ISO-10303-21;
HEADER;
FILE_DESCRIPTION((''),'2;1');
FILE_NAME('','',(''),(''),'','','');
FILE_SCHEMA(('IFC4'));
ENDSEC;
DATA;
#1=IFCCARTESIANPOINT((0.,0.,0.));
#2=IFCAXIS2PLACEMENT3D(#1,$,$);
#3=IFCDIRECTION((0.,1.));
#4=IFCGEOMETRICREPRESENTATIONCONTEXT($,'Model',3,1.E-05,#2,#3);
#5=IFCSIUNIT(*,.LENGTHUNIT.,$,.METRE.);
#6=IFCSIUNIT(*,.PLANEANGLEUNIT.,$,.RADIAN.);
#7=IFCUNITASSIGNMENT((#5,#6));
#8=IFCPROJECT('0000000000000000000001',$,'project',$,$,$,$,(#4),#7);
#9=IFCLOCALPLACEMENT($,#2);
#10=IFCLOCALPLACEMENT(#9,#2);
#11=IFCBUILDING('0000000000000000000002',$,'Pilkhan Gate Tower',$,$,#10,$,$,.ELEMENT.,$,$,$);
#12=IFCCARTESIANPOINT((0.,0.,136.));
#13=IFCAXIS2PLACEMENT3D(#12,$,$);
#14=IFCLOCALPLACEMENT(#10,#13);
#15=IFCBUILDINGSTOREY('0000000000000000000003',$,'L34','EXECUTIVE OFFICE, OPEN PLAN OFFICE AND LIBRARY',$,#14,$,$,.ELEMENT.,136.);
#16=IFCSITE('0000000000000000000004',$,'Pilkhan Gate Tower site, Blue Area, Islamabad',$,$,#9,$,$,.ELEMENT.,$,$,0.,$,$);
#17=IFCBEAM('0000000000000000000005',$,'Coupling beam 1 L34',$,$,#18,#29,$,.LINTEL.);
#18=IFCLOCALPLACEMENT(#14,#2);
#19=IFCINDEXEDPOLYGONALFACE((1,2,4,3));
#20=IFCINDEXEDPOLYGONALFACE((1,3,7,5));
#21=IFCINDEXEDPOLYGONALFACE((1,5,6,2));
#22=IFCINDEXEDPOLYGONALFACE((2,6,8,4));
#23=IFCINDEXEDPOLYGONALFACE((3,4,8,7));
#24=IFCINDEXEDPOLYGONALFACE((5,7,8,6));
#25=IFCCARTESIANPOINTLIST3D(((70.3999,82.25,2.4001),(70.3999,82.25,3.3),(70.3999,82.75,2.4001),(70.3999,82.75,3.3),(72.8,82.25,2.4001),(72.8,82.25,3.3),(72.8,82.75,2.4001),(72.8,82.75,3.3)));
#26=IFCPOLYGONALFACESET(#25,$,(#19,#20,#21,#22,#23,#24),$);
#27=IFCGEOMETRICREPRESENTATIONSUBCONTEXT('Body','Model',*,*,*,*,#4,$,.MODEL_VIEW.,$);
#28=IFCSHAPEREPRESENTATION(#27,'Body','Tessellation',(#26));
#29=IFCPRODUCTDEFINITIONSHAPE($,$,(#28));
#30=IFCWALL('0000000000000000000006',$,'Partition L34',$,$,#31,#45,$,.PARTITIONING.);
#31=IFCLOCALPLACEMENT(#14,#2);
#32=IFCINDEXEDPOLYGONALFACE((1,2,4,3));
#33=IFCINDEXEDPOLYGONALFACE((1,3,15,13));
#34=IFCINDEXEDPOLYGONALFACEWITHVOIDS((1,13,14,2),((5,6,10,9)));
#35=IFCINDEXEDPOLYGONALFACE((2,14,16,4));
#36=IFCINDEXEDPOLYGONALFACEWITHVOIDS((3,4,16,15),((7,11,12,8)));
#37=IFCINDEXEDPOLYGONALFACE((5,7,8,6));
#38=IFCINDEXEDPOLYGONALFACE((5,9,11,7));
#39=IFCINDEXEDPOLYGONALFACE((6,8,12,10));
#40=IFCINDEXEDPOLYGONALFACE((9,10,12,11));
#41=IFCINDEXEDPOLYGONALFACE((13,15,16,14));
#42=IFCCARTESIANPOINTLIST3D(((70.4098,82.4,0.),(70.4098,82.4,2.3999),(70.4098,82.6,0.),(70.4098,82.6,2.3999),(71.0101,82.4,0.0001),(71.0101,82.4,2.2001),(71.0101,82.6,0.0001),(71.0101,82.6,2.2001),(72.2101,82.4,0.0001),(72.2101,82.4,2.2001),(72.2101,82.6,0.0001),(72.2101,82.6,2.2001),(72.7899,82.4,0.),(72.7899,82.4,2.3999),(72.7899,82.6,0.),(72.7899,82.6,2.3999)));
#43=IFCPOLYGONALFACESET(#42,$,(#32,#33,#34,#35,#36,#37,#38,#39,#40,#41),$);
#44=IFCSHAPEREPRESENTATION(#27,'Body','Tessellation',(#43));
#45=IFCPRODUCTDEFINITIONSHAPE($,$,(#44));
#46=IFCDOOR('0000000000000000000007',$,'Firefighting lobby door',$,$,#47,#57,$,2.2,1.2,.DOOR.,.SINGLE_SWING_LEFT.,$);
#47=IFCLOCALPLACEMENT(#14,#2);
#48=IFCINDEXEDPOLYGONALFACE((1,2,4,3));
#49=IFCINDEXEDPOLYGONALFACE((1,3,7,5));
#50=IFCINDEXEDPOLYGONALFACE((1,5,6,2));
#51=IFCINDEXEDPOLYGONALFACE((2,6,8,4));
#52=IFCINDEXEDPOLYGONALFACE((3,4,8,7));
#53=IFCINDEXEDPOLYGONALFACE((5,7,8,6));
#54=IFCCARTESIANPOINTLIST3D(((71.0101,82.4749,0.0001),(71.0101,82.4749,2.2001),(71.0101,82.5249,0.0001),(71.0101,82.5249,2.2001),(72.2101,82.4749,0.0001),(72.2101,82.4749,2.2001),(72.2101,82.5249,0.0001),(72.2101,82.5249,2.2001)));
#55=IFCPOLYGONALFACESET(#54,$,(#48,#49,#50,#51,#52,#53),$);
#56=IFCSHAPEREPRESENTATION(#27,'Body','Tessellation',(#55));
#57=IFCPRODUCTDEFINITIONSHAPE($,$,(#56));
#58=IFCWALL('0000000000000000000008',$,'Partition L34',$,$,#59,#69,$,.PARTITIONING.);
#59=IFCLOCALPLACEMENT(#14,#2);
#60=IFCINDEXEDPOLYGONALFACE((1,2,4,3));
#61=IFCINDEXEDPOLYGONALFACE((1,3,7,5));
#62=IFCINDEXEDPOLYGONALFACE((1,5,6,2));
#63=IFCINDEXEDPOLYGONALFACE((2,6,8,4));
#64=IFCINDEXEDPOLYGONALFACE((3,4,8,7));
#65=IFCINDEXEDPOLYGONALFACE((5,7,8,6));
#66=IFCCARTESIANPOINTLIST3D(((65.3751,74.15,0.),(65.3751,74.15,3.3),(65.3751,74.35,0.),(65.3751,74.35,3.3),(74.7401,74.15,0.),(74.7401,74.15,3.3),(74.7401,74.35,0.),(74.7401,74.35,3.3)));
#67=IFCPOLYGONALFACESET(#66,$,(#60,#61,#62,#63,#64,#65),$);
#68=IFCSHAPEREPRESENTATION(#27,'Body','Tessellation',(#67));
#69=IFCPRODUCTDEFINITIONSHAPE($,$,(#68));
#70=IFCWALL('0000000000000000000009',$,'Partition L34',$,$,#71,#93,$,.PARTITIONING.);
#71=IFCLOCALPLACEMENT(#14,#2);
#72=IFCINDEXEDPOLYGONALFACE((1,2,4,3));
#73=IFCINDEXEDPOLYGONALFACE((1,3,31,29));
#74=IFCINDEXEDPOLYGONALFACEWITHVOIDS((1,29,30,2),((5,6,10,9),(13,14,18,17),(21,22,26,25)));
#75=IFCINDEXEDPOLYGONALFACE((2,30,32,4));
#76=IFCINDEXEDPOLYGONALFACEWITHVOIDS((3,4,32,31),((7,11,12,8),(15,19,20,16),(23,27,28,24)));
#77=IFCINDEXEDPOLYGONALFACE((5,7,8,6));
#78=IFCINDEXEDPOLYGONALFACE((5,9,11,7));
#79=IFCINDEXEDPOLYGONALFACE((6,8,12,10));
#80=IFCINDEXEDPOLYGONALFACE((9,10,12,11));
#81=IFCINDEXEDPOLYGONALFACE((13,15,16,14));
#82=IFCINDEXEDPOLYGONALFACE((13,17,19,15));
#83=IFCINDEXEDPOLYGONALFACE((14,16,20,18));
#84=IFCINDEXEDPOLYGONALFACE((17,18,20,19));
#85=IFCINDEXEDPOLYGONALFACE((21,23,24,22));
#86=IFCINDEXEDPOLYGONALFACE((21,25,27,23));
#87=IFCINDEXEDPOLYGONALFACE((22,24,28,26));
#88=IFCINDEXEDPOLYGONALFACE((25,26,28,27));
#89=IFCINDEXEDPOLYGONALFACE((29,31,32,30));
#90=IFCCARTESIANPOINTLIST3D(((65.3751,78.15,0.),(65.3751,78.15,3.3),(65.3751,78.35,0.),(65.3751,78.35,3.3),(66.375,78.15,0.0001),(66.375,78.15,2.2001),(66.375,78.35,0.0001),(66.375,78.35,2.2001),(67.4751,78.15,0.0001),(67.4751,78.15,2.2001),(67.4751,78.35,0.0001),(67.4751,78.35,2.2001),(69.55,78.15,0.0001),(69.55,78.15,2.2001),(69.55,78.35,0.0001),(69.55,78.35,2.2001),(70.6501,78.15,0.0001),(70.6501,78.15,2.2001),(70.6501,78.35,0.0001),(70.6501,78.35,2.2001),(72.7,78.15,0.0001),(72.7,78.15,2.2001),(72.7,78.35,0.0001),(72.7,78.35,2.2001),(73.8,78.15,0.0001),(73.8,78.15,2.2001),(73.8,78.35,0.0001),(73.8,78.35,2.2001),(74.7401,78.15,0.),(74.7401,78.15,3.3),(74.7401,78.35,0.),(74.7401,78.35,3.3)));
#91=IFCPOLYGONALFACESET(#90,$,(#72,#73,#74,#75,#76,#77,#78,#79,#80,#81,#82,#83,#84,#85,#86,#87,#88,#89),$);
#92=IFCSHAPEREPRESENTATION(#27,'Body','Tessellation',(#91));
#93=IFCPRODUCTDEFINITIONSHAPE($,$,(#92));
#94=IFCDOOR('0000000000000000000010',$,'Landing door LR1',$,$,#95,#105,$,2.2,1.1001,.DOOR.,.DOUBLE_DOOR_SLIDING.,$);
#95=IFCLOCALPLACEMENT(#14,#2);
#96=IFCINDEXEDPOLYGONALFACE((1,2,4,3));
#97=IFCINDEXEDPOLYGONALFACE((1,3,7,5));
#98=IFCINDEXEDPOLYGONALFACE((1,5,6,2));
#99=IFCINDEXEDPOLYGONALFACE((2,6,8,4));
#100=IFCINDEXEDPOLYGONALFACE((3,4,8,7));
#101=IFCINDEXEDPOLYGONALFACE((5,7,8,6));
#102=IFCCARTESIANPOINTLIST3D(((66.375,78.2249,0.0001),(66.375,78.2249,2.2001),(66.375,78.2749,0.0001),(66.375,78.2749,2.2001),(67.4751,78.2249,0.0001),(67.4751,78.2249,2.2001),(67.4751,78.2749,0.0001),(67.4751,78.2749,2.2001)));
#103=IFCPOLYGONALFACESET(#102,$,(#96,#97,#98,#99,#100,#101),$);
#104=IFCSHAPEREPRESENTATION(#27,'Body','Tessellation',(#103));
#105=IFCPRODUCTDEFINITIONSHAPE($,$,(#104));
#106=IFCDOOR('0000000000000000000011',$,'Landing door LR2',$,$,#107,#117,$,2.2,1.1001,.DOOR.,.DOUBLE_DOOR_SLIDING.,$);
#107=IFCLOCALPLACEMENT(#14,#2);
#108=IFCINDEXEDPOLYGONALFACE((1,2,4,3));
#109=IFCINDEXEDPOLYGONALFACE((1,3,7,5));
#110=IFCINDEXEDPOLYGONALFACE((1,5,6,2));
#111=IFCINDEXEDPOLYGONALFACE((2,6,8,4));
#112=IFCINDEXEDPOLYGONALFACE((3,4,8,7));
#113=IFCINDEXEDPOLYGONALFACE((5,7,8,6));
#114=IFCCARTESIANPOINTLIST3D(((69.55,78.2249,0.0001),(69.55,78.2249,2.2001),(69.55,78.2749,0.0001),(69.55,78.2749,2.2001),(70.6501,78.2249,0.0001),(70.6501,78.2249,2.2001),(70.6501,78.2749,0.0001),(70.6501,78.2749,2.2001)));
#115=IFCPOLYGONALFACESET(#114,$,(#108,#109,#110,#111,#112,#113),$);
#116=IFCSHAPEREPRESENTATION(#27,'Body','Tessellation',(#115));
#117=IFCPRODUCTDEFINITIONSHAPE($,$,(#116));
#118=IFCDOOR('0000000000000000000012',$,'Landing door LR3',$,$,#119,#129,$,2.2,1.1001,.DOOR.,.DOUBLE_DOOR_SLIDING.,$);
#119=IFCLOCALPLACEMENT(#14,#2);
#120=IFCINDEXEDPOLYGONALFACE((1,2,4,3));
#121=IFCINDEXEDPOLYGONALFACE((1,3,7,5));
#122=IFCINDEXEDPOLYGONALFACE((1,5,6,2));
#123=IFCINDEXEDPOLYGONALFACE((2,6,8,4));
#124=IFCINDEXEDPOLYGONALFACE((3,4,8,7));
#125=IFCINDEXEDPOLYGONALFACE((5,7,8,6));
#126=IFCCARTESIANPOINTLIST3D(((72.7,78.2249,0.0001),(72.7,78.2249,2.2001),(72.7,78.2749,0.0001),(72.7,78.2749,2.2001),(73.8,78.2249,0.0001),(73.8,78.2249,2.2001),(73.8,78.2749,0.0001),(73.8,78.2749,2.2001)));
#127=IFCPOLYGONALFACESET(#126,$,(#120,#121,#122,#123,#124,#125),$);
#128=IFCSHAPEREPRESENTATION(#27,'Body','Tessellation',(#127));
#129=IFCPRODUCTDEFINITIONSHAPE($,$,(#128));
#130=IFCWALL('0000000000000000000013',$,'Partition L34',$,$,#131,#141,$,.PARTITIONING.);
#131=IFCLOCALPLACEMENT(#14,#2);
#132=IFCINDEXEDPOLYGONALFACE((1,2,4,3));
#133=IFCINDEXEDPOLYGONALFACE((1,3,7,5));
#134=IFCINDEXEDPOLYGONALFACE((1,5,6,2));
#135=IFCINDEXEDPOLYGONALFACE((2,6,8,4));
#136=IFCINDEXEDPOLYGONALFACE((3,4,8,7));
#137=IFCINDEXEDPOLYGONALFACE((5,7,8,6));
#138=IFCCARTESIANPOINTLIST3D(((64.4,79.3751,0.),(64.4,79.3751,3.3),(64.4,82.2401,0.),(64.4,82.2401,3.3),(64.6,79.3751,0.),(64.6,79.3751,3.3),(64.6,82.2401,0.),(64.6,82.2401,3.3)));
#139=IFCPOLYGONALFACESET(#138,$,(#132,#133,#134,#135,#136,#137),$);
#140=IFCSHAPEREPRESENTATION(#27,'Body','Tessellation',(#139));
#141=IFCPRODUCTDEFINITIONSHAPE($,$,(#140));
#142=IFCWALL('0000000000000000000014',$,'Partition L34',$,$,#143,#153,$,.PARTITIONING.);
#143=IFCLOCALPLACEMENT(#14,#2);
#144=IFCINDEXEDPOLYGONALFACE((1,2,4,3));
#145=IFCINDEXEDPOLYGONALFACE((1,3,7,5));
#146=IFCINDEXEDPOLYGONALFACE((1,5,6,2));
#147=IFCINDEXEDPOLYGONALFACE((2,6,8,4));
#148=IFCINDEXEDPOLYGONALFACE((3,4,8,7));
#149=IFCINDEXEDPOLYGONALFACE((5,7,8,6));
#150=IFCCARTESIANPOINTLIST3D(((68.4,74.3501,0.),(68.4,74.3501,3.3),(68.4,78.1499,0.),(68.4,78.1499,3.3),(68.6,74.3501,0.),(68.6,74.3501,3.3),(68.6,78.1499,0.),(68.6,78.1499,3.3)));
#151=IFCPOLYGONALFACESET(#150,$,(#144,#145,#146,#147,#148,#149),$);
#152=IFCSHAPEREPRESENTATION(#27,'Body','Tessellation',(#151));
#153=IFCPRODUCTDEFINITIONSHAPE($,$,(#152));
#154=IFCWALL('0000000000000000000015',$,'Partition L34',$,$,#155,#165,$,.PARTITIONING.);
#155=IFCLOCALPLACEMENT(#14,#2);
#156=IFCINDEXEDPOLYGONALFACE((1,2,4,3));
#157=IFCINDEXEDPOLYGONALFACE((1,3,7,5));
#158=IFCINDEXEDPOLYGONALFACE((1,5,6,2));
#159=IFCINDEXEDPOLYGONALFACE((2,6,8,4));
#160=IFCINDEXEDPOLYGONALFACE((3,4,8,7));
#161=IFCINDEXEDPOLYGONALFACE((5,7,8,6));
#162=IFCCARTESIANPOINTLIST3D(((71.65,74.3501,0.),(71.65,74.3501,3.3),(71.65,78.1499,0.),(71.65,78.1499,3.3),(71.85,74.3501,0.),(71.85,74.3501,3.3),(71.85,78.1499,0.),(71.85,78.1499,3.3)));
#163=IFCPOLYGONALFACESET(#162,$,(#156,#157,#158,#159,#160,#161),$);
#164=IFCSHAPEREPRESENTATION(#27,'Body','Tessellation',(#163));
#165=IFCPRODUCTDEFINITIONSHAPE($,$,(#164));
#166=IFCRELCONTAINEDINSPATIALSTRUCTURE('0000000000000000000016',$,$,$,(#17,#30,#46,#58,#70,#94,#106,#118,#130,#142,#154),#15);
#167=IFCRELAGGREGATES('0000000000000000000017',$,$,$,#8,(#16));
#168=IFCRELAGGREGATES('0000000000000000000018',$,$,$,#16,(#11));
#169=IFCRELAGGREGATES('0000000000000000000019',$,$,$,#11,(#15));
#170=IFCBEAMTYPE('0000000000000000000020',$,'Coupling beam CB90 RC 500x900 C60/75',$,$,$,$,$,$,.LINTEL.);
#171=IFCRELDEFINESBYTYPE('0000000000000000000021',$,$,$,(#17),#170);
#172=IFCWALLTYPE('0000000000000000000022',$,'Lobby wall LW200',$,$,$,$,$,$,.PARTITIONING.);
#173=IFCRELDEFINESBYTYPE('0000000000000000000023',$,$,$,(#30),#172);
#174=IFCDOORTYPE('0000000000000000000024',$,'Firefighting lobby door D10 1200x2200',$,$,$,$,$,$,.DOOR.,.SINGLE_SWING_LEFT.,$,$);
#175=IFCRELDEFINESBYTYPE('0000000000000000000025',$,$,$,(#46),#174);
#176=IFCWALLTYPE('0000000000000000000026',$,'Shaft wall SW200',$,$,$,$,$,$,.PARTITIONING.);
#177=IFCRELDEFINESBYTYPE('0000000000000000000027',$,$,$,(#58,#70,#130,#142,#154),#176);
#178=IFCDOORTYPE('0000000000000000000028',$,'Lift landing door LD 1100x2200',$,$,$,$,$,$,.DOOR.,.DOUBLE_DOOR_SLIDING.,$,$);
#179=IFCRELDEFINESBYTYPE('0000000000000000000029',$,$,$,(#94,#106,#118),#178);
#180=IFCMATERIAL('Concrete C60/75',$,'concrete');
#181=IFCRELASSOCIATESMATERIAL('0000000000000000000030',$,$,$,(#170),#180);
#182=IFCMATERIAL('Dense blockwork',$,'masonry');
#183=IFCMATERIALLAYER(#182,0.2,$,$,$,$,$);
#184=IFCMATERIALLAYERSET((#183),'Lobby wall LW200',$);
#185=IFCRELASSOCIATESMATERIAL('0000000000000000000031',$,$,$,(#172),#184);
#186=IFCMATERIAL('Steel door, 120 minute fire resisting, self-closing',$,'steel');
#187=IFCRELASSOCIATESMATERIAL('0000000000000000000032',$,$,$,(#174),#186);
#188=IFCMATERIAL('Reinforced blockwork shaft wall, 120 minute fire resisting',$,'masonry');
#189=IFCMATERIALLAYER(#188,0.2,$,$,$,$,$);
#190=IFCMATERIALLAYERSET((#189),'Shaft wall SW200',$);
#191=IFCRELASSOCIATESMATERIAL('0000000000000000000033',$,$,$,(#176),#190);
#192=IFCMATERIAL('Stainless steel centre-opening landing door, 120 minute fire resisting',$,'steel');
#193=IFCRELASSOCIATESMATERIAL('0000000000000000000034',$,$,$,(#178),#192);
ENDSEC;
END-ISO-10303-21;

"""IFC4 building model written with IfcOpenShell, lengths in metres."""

from ifc_helpers import new_model, si_unit, direction, frame, frame_2d, origin, origin_2d, place, context, subcontext, project, spatial, rectangle, extrude, material, layer, layer_set, material_profile, profile_set, type_object, element, fill, save


model = new_model("IFC4")

# Units and contexts
model_context = context("Model", 3, precision=1e-05, world=origin(), true_north=direction((0.0, 1.0)))
body_context = subcontext(model_context, "Body", "Model", "MODEL_VIEW")
ifc_project = project(units=[si_unit("LENGTHUNIT", "METRE"), si_unit("PLANEANGLEUNIT", "RADIAN")], contexts=[model_context])

# Site, building, storey
site_placement = place(None, origin())
site = spatial("IfcSite", under=ifc_project, at=site_placement, Name="Pilkhan Gate Tower site, Blue Area, Islamabad", CompositionType="ELEMENT", RefElevation=0.0)
building_placement = place(site_placement, origin())
building = spatial("IfcBuilding", under=site, at=building_placement, Name="Pilkhan Gate Tower", CompositionType="ELEMENT")
storey_placement = place(building_placement, frame((0.0, 0.0, 136.0)))
storey = spatial("IfcBuildingStorey", under=building, at=storey_placement, Name="L34", Description="EXECUTIVE OFFICE, OPEN PLAN OFFICE AND LIBRARY", CompositionType="ELEMENT", Elevation=136.0)

# Beam
ifc_material_1 = material(Name="Concrete C60/75", Category="concrete")
ifc_material_profile = material_profile(ifc_material_1, rectangle(XDim=0.5, YDim=0.8999, at=origin_2d()), Name="RC 500x900")
ifc_profile_set = profile_set([ifc_material_profile], Name="Concrete C60/75")
beam_type = type_object("IfcBeamType", Name="Coupling beam CB90 RC 500x900 C60/75", PredefinedType="LINTEL", material=ifc_profile_set)
beam_placement = place(storey_placement, frame((70.3999, 82.5, 2.8501), z_axis=(1.0, 0.0, 0.0), x_axis=(0.0, 1.0, 0.0)))
element("IfcBeam", 1, at=beam_placement, inside=storey, type_object=beam_type, Name="Coupling beam 1 L34", PredefinedType="LINTEL", context=body_context, shape_type="SweptSolid", body=[
    extrude(rectangle(XDim=0.5, YDim=0.8999, at=origin_2d()), origin(), (0.0, 0.0, 1.0), 2.4001),
])

# Wall, opening, door
ifc_material_2 = material(Name="Dense blockwork", Category="masonry")
ifc_layer_1 = layer(ifc_material_2, 0.2)
ifc_layer_set_1 = layer_set([ifc_layer_1], Name="Lobby wall LW200")
wall_type_1 = type_object("IfcWallType", Name="Lobby wall LW200", PredefinedType="PARTITIONING", material=ifc_layer_set_1)
wall_1_placement = place(storey_placement, frame((70.4099, 82.5, 0.0), z_axis=(0.0, 0.0, 1.0), x_axis=(1.0, 0.0, 0.0)))
wall_1 = element("IfcWall", 2, at=wall_1_placement, inside=storey, type_object=wall_type_1, Name="Partition L34", PredefinedType="PARTITIONING", context=body_context, shape_type="SweptSolid", body=[
    extrude(rectangle(XDim=2.3801, YDim=0.2, at=frame_2d((1.1899, 0.0))), origin(), (0.0, 0.0, 1.0), 2.3999),
])
opening_1_placement = place(wall_1_placement, frame((0.6001, 0.0, 0.0)))
opening_1 = element("IfcOpeningElement", 3, at=opening_1_placement, cuts=wall_1, PredefinedType="OPENING", context=body_context, shape_type="SweptSolid", body=[
    extrude(rectangle(XDim=1.2, YDim=2.2, at=frame_2d((0.6001, 1.1001))), frame((0.0, 0.1099, 0.0), z_axis=(0.0, -1.0, 0.0), x_axis=(1.0, 0.0, 0.0)), (0.0, 0.0, 1.0), 0.22),
])
ifc_material_3 = material(Name="Steel door, 120 minute fire resisting, self-closing", Category="steel")
door_type_1 = type_object("IfcDoorType", Name="Firefighting lobby door D10 1200x2200", OperationType="SINGLE_SWING_LEFT", PredefinedType="DOOR", material=ifc_material_3)
door_1_placement = place(opening_1_placement, origin())
door_1 = element("IfcDoor", 4, at=door_1_placement, inside=storey, type_object=door_type_1, Name="Firefighting lobby door", OperationType="SINGLE_SWING_LEFT", OverallHeight=2.2, OverallWidth=1.2, PredefinedType="DOOR", context=body_context, shape_type="SweptSolid", body=[
    extrude(rectangle(XDim=1.2, YDim=2.2, at=frame_2d((0.6001, 1.1001))), frame((0.0, 0.0249, 0.0), z_axis=(0.0, -1.0, 0.0), x_axis=(1.0, 0.0, 0.0)), (0.0, 0.0, 1.0), 0.05),
])
fill(opening_1, door_1)

# Wall
ifc_material_4 = material(Name="Reinforced blockwork shaft wall, 120 minute fire resisting", Category="masonry")
ifc_layer_2 = layer(ifc_material_4, 0.2)
ifc_layer_set_2 = layer_set([ifc_layer_2], Name="Shaft wall SW200")
wall_type_2 = type_object("IfcWallType", Name="Shaft wall SW200", PredefinedType="PARTITIONING", material=ifc_layer_set_2)
wall_2_placement = place(storey_placement, frame((65.375, 74.25, 0.0), z_axis=(0.0, 0.0, 1.0), x_axis=(1.0, 0.0, 0.0)))
element("IfcWall", 5, at=wall_2_placement, inside=storey, type_object=wall_type_2, Name="Partition L34", PredefinedType="PARTITIONING", context=body_context, shape_type="SweptSolid", body=[
    extrude(rectangle(XDim=9.365, YDim=0.2, at=frame_2d((4.6826, 0.0))), origin(), (0.0, 0.0, 1.0), 3.3),
])

# Wall, openings, doors
wall_3_placement = place(storey_placement, frame((65.375, 78.25, 0.0), z_axis=(0.0, 0.0, 1.0), x_axis=(1.0, 0.0, 0.0)))
wall_3 = element("IfcWall", 6, at=wall_3_placement, inside=storey, type_object=wall_type_2, Name="Partition L34", PredefinedType="PARTITIONING", context=body_context, shape_type="SweptSolid", body=[
    extrude(rectangle(XDim=9.365, YDim=0.2, at=frame_2d((4.6826, 0.0))), origin(), (0.0, 0.0, 1.0), 3.3),
])
opening_2_placement = place(wall_3_placement, frame((1.0, 0.0, 0.0)))
opening_2 = element("IfcOpeningElement", 7, at=opening_2_placement, cuts=wall_3, PredefinedType="OPENING", context=body_context, shape_type="SweptSolid", body=[
    extrude(rectangle(XDim=1.1001, YDim=2.2, at=frame_2d((0.55, 1.1001))), frame((0.0, 0.1099, 0.0), z_axis=(0.0, -1.0, 0.0), x_axis=(1.0, 0.0, 0.0)), (0.0, 0.0, 1.0), 0.22),
])
opening_3_placement = place(wall_3_placement, frame((4.175, 0.0, 0.0)))
opening_3 = element("IfcOpeningElement", 8, at=opening_3_placement, cuts=wall_3, PredefinedType="OPENING", context=body_context, shape_type="SweptSolid", body=[
    extrude(rectangle(XDim=1.1001, YDim=2.2, at=frame_2d((0.55, 1.1001))), frame((0.0, 0.1099, 0.0), z_axis=(0.0, -1.0, 0.0), x_axis=(1.0, 0.0, 0.0)), (0.0, 0.0, 1.0), 0.22),
])
opening_4_placement = place(wall_3_placement, frame((7.325, 0.0, 0.0)))
opening_4 = element("IfcOpeningElement", 9, at=opening_4_placement, cuts=wall_3, PredefinedType="OPENING", context=body_context, shape_type="SweptSolid", body=[
    extrude(rectangle(XDim=1.1001, YDim=2.2, at=frame_2d((0.55, 1.1001))), frame((0.0, 0.1099, 0.0), z_axis=(0.0, -1.0, 0.0), x_axis=(1.0, 0.0, 0.0)), (0.0, 0.0, 1.0), 0.22),
])
ifc_material_5 = material(Name="Stainless steel centre-opening landing door, 120 minute fire resisting", Category="steel")
door_type_2 = type_object("IfcDoorType", Name="Lift landing door LD 1100x2200", OperationType="DOUBLE_DOOR_SLIDING", PredefinedType="DOOR", material=ifc_material_5)
door_2_placement = place(opening_2_placement, origin())
door_2 = element("IfcDoor", 10, at=door_2_placement, inside=storey, type_object=door_type_2, Name="Landing door LR1", OperationType="DOUBLE_DOOR_SLIDING", OverallHeight=2.2, OverallWidth=1.1001, PredefinedType="DOOR", context=body_context, shape_type="SweptSolid", body=[
    extrude(rectangle(XDim=1.1001, YDim=2.2, at=frame_2d((0.55, 1.1001))), frame((0.0, 0.0249, 0.0), z_axis=(0.0, -1.0, 0.0), x_axis=(1.0, 0.0, 0.0)), (0.0, 0.0, 1.0), 0.05),
])
fill(opening_2, door_2)
door_3_placement = place(opening_3_placement, origin())
door_3 = element("IfcDoor", 11, at=door_3_placement, inside=storey, type_object=door_type_2, Name="Landing door LR2", OperationType="DOUBLE_DOOR_SLIDING", OverallHeight=2.2, OverallWidth=1.1001, PredefinedType="DOOR", context=body_context, shape_type="SweptSolid", body=[
    extrude(rectangle(XDim=1.1001, YDim=2.2, at=frame_2d((0.55, 1.1001))), frame((0.0, 0.0249, 0.0), z_axis=(0.0, -1.0, 0.0), x_axis=(1.0, 0.0, 0.0)), (0.0, 0.0, 1.0), 0.05),
])
fill(opening_3, door_3)
door_4_placement = place(opening_4_placement, origin())
door_4 = element("IfcDoor", 12, at=door_4_placement, inside=storey, type_object=door_type_2, Name="Landing door LR3", OperationType="DOUBLE_DOOR_SLIDING", OverallHeight=2.2, OverallWidth=1.1001, PredefinedType="DOOR", context=body_context, shape_type="SweptSolid", body=[
    extrude(rectangle(XDim=1.1001, YDim=2.2, at=frame_2d((0.55, 1.1001))), frame((0.0, 0.0249, 0.0), z_axis=(0.0, -1.0, 0.0), x_axis=(1.0, 0.0, 0.0)), (0.0, 0.0, 1.0), 0.05),
])
fill(opening_4, door_4)

# Walls
wall_4_placement = place(storey_placement, frame((64.5, 79.375, 0.0), z_axis=(0.0, 0.0, 1.0), x_axis=(0.0, 1.0, 0.0)))
element("IfcWall", 13, at=wall_4_placement, inside=storey, type_object=wall_type_2, Name="Partition L34", PredefinedType="PARTITIONING", context=body_context, shape_type="SweptSolid", body=[
    extrude(rectangle(XDim=2.865, YDim=0.2, at=frame_2d((1.4326, 0.0))), origin(), (0.0, 0.0, 1.0), 3.3),
])
for number, where, z_axis, x_axis, name in (
    (14, (68.5, 74.3501, 0.0), (0.0, 0.0, 1.0), (0.0, 1.0, 0.0), "Partition L34"),
    (15, (71.75, 74.3501, 0.0), (0.0, 0.0, 1.0), (0.0, 1.0, 0.0), "Partition L34"),
):
    element("IfcWall", number, at=place(storey_placement, frame(where, z_axis=z_axis, x_axis=x_axis)), inside=storey, type_object=wall_type_2, Name=name, PredefinedType="PARTITIONING", context=body_context, shape_type="SweptSolid", body=[
        extrude(rectangle(XDim=3.7998, YDim=0.2, at=frame_2d((1.8999, 0.0))), origin(), (0.0, 0.0, 1.0), 3.3),
    ])

save(model, "model.ifc")
